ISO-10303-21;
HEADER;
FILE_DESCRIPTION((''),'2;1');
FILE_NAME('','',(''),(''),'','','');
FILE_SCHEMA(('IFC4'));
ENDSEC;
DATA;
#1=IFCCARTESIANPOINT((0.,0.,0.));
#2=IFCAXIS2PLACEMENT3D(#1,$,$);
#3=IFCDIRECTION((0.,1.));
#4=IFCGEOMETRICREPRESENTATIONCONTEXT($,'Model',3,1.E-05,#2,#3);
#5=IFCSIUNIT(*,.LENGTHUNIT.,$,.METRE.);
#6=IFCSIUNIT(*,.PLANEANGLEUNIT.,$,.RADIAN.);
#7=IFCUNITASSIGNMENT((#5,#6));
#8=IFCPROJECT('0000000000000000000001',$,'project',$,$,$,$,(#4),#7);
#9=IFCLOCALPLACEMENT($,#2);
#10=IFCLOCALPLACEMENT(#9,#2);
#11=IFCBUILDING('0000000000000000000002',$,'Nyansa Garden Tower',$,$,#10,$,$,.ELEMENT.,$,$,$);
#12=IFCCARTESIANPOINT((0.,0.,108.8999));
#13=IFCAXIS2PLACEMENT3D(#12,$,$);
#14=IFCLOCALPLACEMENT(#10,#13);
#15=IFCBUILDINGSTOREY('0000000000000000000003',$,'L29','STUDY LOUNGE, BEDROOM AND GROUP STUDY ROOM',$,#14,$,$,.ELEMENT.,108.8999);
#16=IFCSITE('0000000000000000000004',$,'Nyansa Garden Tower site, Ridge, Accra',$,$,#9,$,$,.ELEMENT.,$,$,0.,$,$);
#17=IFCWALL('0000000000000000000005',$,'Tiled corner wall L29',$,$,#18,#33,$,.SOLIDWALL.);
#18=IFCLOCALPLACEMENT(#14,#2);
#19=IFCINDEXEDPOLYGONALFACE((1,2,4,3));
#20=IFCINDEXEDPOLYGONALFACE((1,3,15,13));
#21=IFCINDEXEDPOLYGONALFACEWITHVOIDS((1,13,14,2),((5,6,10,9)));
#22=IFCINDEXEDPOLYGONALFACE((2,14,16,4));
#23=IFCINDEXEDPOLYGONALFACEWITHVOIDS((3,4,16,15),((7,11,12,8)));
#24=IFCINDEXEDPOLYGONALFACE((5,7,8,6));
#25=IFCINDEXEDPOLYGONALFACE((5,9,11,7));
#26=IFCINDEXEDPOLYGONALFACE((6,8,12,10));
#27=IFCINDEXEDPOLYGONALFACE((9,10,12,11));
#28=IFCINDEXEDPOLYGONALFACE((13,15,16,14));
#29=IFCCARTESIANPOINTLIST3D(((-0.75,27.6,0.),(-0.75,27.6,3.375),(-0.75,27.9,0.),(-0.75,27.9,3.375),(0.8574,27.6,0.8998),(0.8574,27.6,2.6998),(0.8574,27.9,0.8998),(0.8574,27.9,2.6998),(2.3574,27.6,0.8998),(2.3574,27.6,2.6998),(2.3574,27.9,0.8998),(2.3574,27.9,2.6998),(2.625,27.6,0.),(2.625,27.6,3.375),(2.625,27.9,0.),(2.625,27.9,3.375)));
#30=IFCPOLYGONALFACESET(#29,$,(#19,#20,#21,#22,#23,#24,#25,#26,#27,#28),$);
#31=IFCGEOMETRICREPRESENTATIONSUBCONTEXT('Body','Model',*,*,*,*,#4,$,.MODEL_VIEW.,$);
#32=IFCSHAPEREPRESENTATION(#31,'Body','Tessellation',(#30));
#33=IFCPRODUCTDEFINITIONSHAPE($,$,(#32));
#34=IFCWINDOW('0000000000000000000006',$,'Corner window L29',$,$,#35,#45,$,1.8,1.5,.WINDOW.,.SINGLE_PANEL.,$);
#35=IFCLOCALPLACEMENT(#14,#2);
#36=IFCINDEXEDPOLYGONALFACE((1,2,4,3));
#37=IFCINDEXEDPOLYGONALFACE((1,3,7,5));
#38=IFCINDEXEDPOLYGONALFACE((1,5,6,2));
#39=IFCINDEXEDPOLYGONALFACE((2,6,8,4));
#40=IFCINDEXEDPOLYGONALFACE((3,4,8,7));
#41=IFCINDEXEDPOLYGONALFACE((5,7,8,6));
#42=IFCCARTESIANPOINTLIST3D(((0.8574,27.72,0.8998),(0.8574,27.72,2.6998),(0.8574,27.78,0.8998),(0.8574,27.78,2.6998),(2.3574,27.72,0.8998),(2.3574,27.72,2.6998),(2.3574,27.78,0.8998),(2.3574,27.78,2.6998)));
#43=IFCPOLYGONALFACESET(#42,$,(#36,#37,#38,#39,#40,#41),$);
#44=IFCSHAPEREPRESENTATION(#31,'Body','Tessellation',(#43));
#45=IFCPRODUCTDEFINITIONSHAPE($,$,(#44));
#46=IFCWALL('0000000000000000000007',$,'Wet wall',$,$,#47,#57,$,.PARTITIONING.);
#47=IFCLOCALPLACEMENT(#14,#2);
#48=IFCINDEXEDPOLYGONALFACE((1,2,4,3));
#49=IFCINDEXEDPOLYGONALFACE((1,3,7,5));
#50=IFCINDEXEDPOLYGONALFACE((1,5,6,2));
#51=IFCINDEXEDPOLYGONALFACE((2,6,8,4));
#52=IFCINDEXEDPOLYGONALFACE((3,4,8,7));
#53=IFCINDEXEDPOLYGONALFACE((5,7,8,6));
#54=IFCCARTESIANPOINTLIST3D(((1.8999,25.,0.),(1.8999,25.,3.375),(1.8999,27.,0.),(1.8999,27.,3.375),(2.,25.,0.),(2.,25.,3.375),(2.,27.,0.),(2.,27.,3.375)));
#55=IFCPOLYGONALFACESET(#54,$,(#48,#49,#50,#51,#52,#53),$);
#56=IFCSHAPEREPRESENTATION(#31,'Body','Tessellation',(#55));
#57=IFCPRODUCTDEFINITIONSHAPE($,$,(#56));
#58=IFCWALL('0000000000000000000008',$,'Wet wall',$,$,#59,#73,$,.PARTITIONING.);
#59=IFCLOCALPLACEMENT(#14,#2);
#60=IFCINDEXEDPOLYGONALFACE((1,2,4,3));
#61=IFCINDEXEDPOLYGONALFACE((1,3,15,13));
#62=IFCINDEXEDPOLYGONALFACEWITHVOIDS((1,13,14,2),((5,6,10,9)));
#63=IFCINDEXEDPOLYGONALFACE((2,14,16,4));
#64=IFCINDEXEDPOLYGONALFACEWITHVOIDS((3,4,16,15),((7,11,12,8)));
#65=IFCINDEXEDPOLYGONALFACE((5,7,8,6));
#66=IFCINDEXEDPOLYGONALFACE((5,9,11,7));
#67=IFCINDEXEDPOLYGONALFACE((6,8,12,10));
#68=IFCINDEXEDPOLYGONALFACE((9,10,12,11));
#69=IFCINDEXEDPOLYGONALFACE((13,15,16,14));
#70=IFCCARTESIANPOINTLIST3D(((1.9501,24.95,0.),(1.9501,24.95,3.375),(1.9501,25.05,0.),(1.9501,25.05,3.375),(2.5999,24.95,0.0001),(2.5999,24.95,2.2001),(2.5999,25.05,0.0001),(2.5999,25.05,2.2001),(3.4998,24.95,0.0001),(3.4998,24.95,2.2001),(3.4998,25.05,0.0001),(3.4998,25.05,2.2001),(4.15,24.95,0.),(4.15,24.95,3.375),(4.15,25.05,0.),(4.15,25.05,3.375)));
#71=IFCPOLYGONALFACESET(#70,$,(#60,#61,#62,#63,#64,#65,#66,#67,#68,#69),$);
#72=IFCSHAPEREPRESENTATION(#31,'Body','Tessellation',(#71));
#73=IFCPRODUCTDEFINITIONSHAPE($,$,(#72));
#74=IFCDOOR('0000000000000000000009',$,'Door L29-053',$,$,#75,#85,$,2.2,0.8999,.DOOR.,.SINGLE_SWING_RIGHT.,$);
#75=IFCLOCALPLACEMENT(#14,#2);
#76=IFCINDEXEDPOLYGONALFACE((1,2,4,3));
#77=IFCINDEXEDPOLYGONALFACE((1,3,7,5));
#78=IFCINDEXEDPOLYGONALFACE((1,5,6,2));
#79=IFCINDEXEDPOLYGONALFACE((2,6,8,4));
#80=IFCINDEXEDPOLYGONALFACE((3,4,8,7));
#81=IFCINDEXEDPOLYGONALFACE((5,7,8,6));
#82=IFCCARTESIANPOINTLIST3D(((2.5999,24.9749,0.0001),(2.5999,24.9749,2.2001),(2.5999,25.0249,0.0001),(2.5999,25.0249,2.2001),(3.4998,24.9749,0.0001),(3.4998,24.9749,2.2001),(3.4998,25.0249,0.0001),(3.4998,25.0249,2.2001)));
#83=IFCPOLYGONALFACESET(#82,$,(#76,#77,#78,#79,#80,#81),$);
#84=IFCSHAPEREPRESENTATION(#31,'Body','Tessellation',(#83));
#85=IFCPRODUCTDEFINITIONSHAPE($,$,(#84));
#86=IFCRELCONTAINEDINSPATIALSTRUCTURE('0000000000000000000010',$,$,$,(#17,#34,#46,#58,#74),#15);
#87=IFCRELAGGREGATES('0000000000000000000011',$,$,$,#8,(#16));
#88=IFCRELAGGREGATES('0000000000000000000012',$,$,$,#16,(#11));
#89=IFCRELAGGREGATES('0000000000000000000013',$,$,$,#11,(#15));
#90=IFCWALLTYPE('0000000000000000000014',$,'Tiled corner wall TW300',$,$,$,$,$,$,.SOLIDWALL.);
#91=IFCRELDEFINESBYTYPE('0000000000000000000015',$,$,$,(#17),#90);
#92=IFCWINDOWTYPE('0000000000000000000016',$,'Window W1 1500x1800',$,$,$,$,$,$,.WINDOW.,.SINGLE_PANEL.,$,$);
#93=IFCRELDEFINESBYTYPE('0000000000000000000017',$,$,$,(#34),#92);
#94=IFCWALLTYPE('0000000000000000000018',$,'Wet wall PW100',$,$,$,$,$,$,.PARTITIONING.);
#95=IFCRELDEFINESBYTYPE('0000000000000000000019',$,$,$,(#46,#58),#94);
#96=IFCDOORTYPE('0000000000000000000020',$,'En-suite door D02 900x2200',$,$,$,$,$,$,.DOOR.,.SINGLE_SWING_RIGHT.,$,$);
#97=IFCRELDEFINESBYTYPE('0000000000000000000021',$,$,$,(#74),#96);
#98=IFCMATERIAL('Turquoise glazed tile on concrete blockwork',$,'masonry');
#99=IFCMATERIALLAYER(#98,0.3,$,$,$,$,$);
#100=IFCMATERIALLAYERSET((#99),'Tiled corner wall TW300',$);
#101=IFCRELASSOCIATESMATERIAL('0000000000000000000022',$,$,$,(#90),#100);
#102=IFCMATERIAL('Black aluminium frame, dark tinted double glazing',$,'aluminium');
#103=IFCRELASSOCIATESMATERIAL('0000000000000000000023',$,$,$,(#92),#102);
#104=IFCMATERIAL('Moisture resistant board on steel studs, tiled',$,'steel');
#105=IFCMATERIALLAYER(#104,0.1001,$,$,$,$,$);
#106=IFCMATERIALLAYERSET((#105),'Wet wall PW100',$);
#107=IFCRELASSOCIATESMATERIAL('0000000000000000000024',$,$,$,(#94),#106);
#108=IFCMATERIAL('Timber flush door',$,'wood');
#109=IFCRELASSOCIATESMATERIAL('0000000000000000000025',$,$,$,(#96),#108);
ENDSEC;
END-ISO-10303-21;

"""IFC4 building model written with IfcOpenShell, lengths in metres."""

from ifc_helpers import new_model, si_unit, direction, frame, frame_2d, origin, place, context, subcontext, project, spatial, rectangle, extrude, material, layer, layer_set, type_object, element, fill, save


model = new_model("IFC4")

# Units and contexts
model_context = context("Model", 3, precision=1e-05, world=origin(), true_north=direction((0.0, 1.0)))
body_context = subcontext(model_context, "Body", "Model", "MODEL_VIEW")
ifc_project = project(units=[si_unit("LENGTHUNIT", "METRE"), si_unit("PLANEANGLEUNIT", "RADIAN")], contexts=[model_context])

# Site, building, storey
site_placement = place(None, origin())
site = spatial("IfcSite", under=ifc_project, at=site_placement, Name="Nyansa Garden Tower site, Ridge, Accra", CompositionType="ELEMENT", RefElevation=0.0)
building_placement = place(site_placement, origin())
building = spatial("IfcBuilding", under=site, at=building_placement, Name="Nyansa Garden Tower", CompositionType="ELEMENT")
storey_placement = place(building_placement, frame((0.0, 0.0, 108.8999)))
storey = spatial("IfcBuildingStorey", under=building, at=storey_placement, Name="L29", Description="STUDY LOUNGE, BEDROOM AND GROUP STUDY ROOM", CompositionType="ELEMENT", Elevation=108.8999)

# Wall, opening, window
ifc_material_1 = material(Name="Turquoise glazed tile on concrete blockwork", Category="masonry")
ifc_layer_1 = layer(ifc_material_1, 0.3)
ifc_layer_set_1 = layer_set([ifc_layer_1], Name="Tiled corner wall TW300")
wall_type_1 = type_object("IfcWallType", Name="Tiled corner wall TW300", PredefinedType="SOLIDWALL", material=ifc_layer_set_1)
ifc_material_2 = material(Name="Black aluminium frame, dark tinted double glazing", Category="aluminium")
window_type_1 = type_object("IfcWindowType", Name="Window W1 1500x1800", PartitioningType="SINGLE_PANEL", PredefinedType="WINDOW", material=ifc_material_2)
wall_1_placement = place(storey_placement, frame((2.625, 27.75, 0.0), z_axis=(0.0, 0.0, 1.0), x_axis=(-1.0, 0.0, 0.0)))
wall_1 = element("IfcWall", 1, at=wall_1_placement, inside=storey, type_object=wall_type_1, Name="Tiled corner wall L29", PredefinedType="SOLIDWALL", context=body_context, shape_type="SweptSolid", body=[
    extrude(rectangle(XDim=3.375, YDim=0.3, at=frame_2d((1.6875, 0.0))), origin(), (0.0, 0.0, 1.0), 3.375),
])
opening_1_placement = place(wall_1_placement, frame((0.2676, 0.0, 0.8999)))
opening_1 = element("IfcOpeningElement", 2, at=opening_1_placement, cuts=wall_1, PredefinedType="OPENING", context=body_context, shape_type="SweptSolid", body=[
    extrude(rectangle(XDim=1.5, YDim=1.8, at=frame_2d((0.75, 0.8999))), frame((0.0, 0.1599, 0.0), z_axis=(0.0, -1.0, 0.0), x_axis=(1.0, 0.0, 0.0)), (0.0, 0.0, 1.0), 0.3201),
])
window_1_placement = place(opening_1_placement, origin())
window_1 = element("IfcWindow", 3, at=window_1_placement, inside=storey, type_object=window_type_1, Name="Corner window L29", OverallHeight=1.8, OverallWidth=1.5, PartitioningType="SINGLE_PANEL", PredefinedType="WINDOW", context=body_context, shape_type="SweptSolid", body=[
    extrude(rectangle(XDim=1.5, YDim=1.8, at=frame_2d((0.75, 0.8999))), frame((0.0, 0.03, 0.0), z_axis=(0.0, -1.0, 0.0), x_axis=(1.0, 0.0, 0.0)), (0.0, 0.0, 1.0), 0.0601),
])
fill(opening_1, window_1)

# Wall
ifc_material_3 = material(Name="Moisture resistant board on steel studs, tiled", Category="steel")
ifc_layer_2 = layer(ifc_material_3, 0.1001)
ifc_layer_set_2 = layer_set([ifc_layer_2], Name="Wet wall PW100")
wall_type_2 = type_object("IfcWallType", Name="Wet wall PW100", PredefinedType="PARTITIONING", material=ifc_layer_set_2)
wall_2_placement = place(storey_placement, frame((1.95, 25.0, 0.0), z_axis=(0.0, 0.0, 1.0), x_axis=(0.0, 1.0, 0.0)))
element("IfcWall", 4, at=wall_2_placement, inside=storey, type_object=wall_type_2, Name="Wet wall", PredefinedType="PARTITIONING", context=body_context, shape_type="SweptSolid", body=[
    extrude(rectangle(XDim=2.0, YDim=0.1001, at=frame_2d((1.0, 0.0))), origin(), (0.0, 0.0, 1.0), 3.375),
])

# Wall, opening, door
wall_3_placement = place(storey_placement, frame((1.95, 25.0, 0.0), z_axis=(0.0, 0.0, 1.0), x_axis=(1.0, 0.0, 0.0)))
wall_3 = element("IfcWall", 5, at=wall_3_placement, inside=storey, type_object=wall_type_2, Name="Wet wall", PredefinedType="PARTITIONING", context=body_context, shape_type="SweptSolid", body=[
    extrude(rectangle(XDim=2.2, YDim=0.1001, at=frame_2d((1.1001, 0.0))), origin(), (0.0, 0.0, 1.0), 3.375),
])
opening_2_placement = place(wall_3_placement, frame((0.6499, 0.0, 0.0)))
opening_2 = element("IfcOpeningElement", 6, at=opening_2_placement, cuts=wall_3, PredefinedType="OPENING", context=body_context, shape_type="SweptSolid", body=[
    extrude(rectangle(XDim=0.8999, YDim=2.2, at=frame_2d((0.45, 1.1001))), frame((0.0, 0.0601, 0.0), z_axis=(0.0, -1.0, 0.0), x_axis=(1.0, 0.0, 0.0)), (0.0, 0.0, 1.0), 0.1201),
])
ifc_material_4 = material(Name="Timber flush door", Category="wood")
door_type_1 = type_object("IfcDoorType", Name="En-suite door D02 900x2200", OperationType="SINGLE_SWING_RIGHT", PredefinedType="DOOR", material=ifc_material_4)
door_1_placement = place(opening_2_placement, origin())
door_1 = element("IfcDoor", 7, at=door_1_placement, inside=storey, type_object=door_type_1, Name="Door L29-053", OperationType="SINGLE_SWING_RIGHT", OverallHeight=2.2, OverallWidth=0.8999, PredefinedType="DOOR", context=body_context, shape_type="SweptSolid", body=[
    extrude(rectangle(XDim=0.8999, YDim=2.2, at=frame_2d((0.45, 1.1001))), frame((0.0, 0.0249, 0.0), z_axis=(0.0, -1.0, 0.0), x_axis=(1.0, 0.0, 0.0)), (0.0, 0.0, 1.0), 0.05),
])
fill(opening_2, door_1)

save(model, "model.ifc")
